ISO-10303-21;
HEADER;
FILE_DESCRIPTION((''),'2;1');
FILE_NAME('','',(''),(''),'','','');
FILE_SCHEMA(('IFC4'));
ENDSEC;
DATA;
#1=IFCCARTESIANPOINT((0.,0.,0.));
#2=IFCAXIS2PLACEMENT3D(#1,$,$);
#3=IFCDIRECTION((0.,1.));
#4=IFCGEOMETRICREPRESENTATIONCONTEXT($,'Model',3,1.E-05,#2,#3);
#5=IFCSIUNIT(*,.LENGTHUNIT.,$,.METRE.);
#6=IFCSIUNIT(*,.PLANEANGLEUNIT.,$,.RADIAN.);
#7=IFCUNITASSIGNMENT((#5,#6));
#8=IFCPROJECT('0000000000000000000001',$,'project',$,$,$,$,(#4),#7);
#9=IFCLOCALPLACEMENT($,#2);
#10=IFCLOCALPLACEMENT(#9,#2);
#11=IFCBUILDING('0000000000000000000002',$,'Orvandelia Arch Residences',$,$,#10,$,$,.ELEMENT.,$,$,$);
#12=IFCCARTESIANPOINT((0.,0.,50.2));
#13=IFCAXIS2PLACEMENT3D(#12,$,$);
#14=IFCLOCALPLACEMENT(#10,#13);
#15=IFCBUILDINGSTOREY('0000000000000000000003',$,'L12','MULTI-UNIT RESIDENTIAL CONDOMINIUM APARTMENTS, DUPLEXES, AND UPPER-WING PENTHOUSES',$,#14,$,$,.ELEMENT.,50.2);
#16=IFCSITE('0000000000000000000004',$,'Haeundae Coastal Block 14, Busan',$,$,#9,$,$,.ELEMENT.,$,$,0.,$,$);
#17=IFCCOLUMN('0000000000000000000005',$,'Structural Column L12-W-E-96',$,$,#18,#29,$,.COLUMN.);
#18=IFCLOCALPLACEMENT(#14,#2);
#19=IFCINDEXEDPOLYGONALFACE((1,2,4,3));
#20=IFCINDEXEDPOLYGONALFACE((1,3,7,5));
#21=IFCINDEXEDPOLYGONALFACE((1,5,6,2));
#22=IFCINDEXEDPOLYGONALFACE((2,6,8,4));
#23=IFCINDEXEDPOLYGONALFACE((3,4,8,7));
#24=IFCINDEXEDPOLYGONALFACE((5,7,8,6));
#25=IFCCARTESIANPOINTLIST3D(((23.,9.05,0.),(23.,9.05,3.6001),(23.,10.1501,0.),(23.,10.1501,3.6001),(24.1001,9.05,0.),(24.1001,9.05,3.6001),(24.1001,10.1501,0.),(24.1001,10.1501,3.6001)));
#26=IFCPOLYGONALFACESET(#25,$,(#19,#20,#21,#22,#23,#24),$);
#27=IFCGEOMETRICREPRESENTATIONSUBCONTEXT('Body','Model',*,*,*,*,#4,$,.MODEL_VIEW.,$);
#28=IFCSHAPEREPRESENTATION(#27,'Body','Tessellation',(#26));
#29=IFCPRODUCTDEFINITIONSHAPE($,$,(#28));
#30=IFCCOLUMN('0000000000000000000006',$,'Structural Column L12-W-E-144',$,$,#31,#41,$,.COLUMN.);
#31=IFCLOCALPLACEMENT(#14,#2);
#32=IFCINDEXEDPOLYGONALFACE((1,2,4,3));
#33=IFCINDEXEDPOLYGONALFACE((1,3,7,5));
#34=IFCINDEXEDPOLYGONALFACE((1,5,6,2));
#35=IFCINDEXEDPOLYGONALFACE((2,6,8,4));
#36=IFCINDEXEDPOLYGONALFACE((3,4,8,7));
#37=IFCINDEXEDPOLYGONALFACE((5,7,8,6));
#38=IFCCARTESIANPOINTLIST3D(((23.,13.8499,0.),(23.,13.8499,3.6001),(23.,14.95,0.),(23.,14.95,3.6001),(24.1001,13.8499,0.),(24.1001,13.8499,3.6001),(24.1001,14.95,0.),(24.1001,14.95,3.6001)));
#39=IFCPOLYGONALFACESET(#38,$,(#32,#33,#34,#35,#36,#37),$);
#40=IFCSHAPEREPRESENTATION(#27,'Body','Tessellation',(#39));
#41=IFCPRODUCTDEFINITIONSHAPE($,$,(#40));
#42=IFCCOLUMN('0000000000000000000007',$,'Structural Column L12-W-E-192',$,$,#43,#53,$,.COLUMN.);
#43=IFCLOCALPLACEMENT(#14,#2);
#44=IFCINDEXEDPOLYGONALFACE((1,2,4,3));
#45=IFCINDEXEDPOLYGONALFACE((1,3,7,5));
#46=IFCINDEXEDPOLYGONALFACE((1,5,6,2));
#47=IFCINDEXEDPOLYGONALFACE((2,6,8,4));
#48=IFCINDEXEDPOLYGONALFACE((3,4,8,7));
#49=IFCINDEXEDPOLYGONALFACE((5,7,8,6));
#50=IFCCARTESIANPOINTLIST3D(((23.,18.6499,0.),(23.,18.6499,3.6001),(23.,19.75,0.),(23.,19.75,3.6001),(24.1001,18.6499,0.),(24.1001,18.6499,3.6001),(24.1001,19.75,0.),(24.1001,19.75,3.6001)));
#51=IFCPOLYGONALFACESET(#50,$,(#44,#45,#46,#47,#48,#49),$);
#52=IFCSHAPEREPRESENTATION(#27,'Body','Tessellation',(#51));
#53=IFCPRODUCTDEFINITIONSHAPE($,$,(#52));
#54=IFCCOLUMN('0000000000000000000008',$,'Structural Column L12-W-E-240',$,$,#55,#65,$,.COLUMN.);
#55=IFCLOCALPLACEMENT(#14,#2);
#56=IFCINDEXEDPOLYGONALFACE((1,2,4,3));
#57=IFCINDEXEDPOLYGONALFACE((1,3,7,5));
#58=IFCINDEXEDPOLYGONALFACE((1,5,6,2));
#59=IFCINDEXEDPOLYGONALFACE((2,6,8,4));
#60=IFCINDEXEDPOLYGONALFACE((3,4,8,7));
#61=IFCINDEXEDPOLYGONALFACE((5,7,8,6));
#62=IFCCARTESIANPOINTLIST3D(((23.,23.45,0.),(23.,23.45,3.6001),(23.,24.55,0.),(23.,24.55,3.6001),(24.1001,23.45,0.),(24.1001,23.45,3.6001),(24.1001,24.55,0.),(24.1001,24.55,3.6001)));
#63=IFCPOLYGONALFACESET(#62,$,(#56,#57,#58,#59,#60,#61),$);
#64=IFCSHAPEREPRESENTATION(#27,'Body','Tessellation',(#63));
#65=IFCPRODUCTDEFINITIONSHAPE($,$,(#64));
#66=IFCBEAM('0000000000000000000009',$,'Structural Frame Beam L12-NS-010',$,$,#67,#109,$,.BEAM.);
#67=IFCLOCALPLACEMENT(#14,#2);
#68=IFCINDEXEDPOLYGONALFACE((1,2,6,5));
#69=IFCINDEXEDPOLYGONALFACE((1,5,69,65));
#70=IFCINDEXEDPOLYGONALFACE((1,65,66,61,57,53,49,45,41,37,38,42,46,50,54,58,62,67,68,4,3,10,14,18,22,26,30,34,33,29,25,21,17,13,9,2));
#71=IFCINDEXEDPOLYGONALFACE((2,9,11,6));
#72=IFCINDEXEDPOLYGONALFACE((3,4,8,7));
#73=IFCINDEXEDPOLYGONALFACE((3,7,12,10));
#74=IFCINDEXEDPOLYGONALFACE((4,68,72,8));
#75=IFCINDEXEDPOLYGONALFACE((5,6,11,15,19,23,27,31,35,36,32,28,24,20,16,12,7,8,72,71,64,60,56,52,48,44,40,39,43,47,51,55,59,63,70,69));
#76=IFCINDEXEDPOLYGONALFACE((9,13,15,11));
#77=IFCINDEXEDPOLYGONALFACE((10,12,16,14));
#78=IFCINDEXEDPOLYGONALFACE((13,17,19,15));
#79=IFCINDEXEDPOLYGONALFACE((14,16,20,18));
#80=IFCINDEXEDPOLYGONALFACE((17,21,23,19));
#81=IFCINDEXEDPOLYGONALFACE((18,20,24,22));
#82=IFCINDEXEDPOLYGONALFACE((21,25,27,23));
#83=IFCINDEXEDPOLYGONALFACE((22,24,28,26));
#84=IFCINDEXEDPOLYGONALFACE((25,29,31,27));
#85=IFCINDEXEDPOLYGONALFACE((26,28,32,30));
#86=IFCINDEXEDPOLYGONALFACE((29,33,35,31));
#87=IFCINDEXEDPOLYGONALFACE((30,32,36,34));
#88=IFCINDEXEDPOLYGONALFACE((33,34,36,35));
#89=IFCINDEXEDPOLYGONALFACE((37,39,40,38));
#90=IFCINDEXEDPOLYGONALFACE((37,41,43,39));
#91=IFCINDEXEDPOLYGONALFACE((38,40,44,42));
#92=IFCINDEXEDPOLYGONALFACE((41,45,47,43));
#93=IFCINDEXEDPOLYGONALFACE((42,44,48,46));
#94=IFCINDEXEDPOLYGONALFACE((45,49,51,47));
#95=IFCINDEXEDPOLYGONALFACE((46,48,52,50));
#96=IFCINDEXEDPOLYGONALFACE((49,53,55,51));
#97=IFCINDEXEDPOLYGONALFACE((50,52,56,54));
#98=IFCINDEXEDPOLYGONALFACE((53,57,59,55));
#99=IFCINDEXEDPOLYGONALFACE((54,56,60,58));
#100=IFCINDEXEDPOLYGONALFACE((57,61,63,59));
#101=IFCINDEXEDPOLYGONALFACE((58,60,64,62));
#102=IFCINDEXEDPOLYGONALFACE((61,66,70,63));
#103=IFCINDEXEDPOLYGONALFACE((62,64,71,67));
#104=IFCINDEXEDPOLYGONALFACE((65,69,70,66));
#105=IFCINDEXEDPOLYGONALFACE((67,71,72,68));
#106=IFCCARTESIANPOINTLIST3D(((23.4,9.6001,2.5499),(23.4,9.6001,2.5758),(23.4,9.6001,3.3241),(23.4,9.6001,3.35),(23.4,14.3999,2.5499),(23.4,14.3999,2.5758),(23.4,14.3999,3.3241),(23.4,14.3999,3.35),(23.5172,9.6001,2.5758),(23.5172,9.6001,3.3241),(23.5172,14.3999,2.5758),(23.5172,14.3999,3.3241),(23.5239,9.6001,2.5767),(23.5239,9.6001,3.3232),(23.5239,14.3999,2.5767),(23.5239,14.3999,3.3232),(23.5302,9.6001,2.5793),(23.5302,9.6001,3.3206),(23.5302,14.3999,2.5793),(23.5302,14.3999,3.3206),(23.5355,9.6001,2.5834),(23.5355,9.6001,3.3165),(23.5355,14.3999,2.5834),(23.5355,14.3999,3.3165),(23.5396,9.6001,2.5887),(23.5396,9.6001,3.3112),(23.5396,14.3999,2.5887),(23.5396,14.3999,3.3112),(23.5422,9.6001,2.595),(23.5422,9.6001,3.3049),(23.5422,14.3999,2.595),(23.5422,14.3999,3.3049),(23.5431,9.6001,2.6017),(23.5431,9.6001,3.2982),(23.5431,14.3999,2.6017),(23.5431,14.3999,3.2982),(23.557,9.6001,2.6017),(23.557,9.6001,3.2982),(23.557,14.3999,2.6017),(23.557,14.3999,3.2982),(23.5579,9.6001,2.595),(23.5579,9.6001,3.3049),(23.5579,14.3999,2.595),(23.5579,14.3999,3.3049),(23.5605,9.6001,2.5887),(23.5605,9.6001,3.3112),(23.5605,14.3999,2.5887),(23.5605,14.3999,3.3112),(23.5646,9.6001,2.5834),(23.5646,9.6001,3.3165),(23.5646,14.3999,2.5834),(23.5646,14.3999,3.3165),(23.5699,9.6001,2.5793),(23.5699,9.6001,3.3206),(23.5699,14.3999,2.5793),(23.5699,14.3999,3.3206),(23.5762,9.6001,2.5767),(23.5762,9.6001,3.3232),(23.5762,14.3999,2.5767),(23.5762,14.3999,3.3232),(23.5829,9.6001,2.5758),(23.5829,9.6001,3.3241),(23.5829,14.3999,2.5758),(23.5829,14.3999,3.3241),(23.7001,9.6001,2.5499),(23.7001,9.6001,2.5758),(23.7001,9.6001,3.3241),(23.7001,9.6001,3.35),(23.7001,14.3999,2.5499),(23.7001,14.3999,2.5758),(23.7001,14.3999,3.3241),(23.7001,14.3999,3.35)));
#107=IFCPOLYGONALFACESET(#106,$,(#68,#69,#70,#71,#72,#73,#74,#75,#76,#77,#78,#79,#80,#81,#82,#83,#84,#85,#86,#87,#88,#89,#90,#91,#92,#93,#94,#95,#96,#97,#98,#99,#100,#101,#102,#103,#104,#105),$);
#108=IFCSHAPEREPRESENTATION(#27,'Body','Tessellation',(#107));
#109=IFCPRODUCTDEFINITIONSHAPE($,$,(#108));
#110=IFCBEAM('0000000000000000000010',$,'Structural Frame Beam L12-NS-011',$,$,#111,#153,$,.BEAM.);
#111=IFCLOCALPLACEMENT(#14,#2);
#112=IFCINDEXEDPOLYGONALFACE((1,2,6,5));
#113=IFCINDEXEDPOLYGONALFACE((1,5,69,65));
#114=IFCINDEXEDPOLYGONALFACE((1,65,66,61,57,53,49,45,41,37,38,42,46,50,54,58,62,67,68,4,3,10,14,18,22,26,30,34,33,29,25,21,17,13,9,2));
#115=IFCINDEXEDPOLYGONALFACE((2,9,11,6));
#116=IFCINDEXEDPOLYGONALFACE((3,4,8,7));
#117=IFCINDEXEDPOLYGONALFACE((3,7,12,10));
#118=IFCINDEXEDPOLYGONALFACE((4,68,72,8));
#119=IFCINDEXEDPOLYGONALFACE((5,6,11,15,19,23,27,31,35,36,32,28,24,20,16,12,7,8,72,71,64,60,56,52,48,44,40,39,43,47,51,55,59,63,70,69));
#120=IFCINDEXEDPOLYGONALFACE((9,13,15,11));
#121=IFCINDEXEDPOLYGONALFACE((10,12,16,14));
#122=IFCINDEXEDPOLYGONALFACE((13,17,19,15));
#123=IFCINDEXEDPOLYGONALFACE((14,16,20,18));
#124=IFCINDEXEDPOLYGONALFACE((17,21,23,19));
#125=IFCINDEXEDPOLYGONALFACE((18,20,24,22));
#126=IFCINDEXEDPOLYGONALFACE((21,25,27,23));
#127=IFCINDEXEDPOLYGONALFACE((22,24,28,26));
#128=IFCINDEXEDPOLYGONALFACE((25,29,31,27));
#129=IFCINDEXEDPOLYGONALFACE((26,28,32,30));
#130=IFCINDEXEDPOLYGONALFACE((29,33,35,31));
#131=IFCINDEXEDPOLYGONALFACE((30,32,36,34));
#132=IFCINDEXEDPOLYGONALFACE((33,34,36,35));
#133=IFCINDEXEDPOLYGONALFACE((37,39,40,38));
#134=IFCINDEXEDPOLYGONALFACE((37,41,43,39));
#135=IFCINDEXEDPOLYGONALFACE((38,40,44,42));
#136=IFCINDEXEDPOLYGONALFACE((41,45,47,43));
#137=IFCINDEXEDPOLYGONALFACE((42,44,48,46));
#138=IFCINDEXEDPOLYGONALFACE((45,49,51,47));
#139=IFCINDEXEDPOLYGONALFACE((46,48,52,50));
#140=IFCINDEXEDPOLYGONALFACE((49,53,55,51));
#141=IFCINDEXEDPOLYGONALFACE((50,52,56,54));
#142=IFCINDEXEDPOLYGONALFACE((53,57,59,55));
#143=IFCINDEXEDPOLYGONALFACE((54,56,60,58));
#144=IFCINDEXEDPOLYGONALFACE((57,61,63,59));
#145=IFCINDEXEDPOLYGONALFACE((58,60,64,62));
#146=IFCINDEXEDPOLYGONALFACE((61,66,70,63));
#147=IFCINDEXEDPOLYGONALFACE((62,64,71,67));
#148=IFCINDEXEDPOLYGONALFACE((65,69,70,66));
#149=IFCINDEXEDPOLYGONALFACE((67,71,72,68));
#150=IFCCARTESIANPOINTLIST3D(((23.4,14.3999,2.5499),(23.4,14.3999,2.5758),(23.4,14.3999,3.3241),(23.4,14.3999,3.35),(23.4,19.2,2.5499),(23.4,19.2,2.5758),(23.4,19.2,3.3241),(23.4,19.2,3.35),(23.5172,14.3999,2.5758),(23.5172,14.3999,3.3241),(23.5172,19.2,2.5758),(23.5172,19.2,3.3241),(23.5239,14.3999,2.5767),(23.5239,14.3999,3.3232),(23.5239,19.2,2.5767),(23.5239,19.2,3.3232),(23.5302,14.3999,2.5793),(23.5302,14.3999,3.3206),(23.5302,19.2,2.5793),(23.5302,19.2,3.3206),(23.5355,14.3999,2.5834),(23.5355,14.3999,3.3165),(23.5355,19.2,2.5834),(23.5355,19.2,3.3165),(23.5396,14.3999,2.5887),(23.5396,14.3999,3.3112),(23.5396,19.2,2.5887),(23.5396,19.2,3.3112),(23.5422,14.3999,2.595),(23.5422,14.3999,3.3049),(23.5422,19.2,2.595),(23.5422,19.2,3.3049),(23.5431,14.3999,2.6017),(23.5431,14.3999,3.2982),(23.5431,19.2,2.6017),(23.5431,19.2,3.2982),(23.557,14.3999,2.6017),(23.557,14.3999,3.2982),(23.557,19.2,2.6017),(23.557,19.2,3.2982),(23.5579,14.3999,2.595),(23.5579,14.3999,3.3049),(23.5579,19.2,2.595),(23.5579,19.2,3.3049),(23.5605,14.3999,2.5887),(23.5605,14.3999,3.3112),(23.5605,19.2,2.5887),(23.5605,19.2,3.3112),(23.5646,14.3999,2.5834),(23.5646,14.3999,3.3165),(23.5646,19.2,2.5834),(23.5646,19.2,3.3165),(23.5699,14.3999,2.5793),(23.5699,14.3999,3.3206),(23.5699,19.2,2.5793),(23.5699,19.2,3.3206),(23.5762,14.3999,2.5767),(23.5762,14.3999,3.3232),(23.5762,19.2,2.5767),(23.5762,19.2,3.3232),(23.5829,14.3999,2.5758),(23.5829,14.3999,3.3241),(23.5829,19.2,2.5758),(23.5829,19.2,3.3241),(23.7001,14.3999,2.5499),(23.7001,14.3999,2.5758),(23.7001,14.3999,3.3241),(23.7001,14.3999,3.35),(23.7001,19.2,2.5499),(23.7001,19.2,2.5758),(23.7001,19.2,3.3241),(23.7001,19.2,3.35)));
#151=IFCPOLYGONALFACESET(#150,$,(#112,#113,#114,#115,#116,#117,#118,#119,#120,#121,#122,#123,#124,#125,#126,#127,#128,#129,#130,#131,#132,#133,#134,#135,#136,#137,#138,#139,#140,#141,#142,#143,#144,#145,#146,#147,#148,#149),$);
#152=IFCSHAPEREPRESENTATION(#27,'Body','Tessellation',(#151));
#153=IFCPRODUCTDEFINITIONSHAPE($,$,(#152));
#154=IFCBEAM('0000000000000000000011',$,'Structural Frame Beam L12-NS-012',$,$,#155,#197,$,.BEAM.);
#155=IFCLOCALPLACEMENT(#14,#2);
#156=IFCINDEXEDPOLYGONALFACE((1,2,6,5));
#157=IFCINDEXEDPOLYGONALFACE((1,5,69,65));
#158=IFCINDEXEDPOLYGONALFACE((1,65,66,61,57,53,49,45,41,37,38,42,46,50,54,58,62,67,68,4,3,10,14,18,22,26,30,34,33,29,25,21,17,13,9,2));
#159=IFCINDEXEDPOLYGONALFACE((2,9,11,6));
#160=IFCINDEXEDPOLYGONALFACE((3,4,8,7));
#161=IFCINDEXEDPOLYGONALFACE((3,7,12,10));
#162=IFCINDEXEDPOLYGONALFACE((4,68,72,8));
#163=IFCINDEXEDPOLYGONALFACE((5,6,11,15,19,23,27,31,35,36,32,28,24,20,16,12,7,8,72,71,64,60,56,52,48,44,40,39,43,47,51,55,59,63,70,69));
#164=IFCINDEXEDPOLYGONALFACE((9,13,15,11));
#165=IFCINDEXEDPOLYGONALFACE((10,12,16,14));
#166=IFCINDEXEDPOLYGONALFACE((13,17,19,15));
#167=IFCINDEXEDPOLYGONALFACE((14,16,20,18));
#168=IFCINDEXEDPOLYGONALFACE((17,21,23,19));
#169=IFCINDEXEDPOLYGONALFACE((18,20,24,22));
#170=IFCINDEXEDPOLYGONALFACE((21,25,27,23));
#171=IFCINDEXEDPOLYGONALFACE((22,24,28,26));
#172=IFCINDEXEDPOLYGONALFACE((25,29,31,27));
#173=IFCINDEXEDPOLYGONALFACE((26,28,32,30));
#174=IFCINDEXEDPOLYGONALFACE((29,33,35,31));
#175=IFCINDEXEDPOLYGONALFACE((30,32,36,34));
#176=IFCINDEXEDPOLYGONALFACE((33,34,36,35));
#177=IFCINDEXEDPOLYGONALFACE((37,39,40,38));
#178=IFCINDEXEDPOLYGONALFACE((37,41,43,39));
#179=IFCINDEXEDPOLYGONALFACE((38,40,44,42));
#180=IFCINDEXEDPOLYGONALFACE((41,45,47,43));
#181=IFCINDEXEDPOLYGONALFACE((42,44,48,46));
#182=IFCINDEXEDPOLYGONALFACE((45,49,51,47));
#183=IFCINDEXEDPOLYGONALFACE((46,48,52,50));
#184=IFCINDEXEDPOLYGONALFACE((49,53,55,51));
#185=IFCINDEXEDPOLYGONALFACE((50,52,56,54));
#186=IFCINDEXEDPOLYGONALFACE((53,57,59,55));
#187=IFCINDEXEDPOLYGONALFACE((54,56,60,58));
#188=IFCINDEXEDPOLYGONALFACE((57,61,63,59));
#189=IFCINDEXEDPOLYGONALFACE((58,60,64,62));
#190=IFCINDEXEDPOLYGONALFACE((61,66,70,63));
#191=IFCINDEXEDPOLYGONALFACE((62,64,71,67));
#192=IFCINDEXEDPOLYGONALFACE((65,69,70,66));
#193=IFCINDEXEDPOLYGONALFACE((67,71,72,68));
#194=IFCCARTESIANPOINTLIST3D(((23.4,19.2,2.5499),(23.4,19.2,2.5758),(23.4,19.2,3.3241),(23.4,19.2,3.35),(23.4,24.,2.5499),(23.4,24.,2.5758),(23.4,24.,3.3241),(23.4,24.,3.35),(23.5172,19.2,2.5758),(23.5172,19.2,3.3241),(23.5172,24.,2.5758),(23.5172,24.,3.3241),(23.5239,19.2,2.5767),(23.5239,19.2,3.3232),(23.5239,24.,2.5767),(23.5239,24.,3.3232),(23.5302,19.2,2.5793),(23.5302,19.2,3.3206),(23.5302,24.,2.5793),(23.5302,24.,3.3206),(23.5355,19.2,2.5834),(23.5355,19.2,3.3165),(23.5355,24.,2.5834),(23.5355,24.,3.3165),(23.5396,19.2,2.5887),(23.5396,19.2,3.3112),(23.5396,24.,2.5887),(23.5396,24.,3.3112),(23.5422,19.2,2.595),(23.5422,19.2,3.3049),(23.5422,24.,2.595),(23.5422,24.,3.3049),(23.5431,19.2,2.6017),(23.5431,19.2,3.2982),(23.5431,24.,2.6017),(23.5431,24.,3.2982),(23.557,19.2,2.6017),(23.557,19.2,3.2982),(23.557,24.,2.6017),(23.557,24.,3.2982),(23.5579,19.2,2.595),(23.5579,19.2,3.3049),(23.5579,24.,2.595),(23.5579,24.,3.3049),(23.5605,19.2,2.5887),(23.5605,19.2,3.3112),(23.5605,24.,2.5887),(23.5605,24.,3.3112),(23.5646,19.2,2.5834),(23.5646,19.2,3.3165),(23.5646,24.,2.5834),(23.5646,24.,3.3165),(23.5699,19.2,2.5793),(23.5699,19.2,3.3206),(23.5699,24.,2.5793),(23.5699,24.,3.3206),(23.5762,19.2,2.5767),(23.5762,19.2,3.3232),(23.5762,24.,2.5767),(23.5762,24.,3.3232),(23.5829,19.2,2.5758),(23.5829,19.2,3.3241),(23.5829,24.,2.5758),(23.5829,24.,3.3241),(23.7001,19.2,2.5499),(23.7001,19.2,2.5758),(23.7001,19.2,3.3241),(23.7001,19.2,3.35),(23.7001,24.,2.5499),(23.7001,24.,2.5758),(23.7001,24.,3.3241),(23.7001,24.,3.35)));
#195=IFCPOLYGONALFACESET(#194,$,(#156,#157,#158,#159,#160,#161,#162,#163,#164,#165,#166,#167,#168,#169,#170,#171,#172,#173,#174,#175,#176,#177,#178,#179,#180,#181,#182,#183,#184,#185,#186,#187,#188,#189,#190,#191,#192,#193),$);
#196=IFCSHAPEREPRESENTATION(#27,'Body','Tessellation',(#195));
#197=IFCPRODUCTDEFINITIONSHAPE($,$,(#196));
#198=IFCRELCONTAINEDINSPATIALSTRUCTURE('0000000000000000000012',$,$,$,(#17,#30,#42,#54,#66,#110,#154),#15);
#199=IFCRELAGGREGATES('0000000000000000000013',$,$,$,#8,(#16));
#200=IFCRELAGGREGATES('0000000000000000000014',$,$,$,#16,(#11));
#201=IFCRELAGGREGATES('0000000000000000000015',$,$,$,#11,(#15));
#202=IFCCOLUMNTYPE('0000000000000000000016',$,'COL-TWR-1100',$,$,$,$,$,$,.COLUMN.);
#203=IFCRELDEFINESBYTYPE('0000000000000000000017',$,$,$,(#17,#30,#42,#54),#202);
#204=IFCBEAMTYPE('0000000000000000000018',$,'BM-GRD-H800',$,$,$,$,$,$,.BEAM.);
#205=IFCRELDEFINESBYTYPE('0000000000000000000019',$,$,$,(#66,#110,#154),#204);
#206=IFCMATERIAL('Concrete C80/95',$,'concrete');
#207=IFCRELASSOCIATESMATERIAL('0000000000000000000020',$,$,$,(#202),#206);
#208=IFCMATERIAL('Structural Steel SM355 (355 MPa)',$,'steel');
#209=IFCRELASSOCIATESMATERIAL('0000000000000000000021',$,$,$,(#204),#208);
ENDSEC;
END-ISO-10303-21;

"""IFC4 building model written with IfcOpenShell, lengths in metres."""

from ifc_helpers import new_model, si_unit, direction, frame, origin, origin_2d, place, context, subcontext, project, spatial, rectangle, i_section, extrude, material, material_profile, profile_set, type_object, element, save


model = new_model("IFC4")

# Units and contexts
model_context = context("Model", 3, precision=1e-05, world=origin(), true_north=direction((0.0, 1.0)))
body_context = subcontext(model_context, "Body", "Model", "MODEL_VIEW")
ifc_project = project(units=[si_unit("LENGTHUNIT", "METRE"), si_unit("PLANEANGLEUNIT", "RADIAN")], contexts=[model_context])

# Site, building, storey
site_placement = place(None, origin())
site = spatial("IfcSite", under=ifc_project, at=site_placement, Name="Haeundae Coastal Block 14, Busan", CompositionType="ELEMENT", RefElevation=0.0)
building_placement = place(site_placement, origin())
building = spatial("IfcBuilding", under=site, at=building_placement, Name="Orvandelia Arch Residences", CompositionType="ELEMENT")
storey_placement = place(building_placement, frame((0.0, 0.0, 50.2)))
storey = spatial("IfcBuildingStorey", under=building, at=storey_placement, Name="L12", Description="MULTI-UNIT RESIDENTIAL CONDOMINIUM APARTMENTS, DUPLEXES, AND UPPER-WING PENTHOUSES", CompositionType="ELEMENT", Elevation=50.2)

# Columns
ifc_material_1 = material(Name="Concrete C80/95", Category="concrete")
ifc_material_profile_1 = material_profile(ifc_material_1, rectangle(XDim=1.1001, YDim=1.1001, at=origin_2d()), Name="Concrete C80/95", Category="concrete")
ifc_profile_set_1 = profile_set([ifc_material_profile_1], Name="Concrete C80/95")
column_type = type_object("IfcColumnType", Name="COL-TWR-1100", PredefinedType="COLUMN", material=ifc_profile_set_1)
for number, where, z_axis, x_axis, name in (
    (1, (23.55, 9.6001, 0.0), (0.0, 0.0, 1.0), (1.0, 0.0, 0.0), "Structural Column L12-W-E-96"),
    (2, (23.55, 14.3999, 0.0), (0.0, 0.0, 1.0), (1.0, 0.0, 0.0), "Structural Column L12-W-E-144"),
    (3, (23.55, 19.2, 0.0), (0.0, 0.0, 1.0), (1.0, 0.0, 0.0), "Structural Column L12-W-E-192"),
    (4, (23.55, 24.0, 0.0), (0.0, 0.0, 1.0), (1.0, 0.0, 0.0), "Structural Column L12-W-E-240"),
):
    element("IfcColumn", number, at=place(storey_placement, frame(where, z_axis=z_axis, x_axis=x_axis)), inside=storey, type_object=column_type, Name=name, PredefinedType="COLUMN", context=body_context, shape_type="SweptSolid", body=[
        extrude(rectangle(XDim=1.1001, YDim=1.1001, at=origin_2d()), origin(), (0.0, 0.0, 1.0), 3.6001),
    ])

# Beams
ifc_material_2 = material(Name="Structural Steel SM355 (355 MPa)", Category="steel")
ifc_material_profile_2 = material_profile(ifc_material_2, i_section(OverallWidth=0.3, OverallDepth=0.8, WebThickness=0.0139, FlangeThickness=0.0259, FilletRadius=0.0259, at=origin_2d()), Name="Structural Steel SM355 (355 MPa)", Category="steel")
ifc_profile_set_2 = profile_set([ifc_material_profile_2], Name="Structural Steel SM355 (355 MPa)")
beam_type = type_object("IfcBeamType", Name="BM-GRD-H800", PredefinedType="BEAM", material=ifc_profile_set_2)
beam_1_placement = place(storey_placement, frame((23.55, 9.6001, 2.95), z_axis=(0.0, 1.0, 0.0), x_axis=(-1.0, 0.0, 0.0)))
element("IfcBeam", 5, at=beam_1_placement, inside=storey, type_object=beam_type, Name="Structural Frame Beam L12-NS-010", PredefinedType="BEAM", context=body_context, shape_type="SweptSolid", body=[
    extrude(i_section(OverallWidth=0.3, OverallDepth=0.8, WebThickness=0.0139, FlangeThickness=0.0259, FilletRadius=0.0259, at=origin_2d()), origin(), (0.0, 0.0, 1.0), 4.7998),
])
for number, where, z_axis, x_axis, name in (
    (6, (23.55, 14.3999, 2.95), (0.0, 1.0, 0.0), (-1.0, 0.0, 0.0), "Structural Frame Beam L12-NS-011"),
    (7, (23.55, 19.2, 2.95), (0.0, 1.0, 0.0), (-1.0, 0.0, 0.0), "Structural Frame Beam L12-NS-012"),
):
    element("IfcBeam", number, at=place(storey_placement, frame(where, z_axis=z_axis, x_axis=x_axis)), inside=storey, type_object=beam_type, Name=name, PredefinedType="BEAM", context=body_context, shape_type="SweptSolid", body=[
        extrude(i_section(OverallWidth=0.3, OverallDepth=0.8, WebThickness=0.0139, FlangeThickness=0.0259, FilletRadius=0.0259, at=origin_2d()), origin(), (0.0, 0.0, 1.0), 4.8),
    ])

save(model, "model.ifc")
